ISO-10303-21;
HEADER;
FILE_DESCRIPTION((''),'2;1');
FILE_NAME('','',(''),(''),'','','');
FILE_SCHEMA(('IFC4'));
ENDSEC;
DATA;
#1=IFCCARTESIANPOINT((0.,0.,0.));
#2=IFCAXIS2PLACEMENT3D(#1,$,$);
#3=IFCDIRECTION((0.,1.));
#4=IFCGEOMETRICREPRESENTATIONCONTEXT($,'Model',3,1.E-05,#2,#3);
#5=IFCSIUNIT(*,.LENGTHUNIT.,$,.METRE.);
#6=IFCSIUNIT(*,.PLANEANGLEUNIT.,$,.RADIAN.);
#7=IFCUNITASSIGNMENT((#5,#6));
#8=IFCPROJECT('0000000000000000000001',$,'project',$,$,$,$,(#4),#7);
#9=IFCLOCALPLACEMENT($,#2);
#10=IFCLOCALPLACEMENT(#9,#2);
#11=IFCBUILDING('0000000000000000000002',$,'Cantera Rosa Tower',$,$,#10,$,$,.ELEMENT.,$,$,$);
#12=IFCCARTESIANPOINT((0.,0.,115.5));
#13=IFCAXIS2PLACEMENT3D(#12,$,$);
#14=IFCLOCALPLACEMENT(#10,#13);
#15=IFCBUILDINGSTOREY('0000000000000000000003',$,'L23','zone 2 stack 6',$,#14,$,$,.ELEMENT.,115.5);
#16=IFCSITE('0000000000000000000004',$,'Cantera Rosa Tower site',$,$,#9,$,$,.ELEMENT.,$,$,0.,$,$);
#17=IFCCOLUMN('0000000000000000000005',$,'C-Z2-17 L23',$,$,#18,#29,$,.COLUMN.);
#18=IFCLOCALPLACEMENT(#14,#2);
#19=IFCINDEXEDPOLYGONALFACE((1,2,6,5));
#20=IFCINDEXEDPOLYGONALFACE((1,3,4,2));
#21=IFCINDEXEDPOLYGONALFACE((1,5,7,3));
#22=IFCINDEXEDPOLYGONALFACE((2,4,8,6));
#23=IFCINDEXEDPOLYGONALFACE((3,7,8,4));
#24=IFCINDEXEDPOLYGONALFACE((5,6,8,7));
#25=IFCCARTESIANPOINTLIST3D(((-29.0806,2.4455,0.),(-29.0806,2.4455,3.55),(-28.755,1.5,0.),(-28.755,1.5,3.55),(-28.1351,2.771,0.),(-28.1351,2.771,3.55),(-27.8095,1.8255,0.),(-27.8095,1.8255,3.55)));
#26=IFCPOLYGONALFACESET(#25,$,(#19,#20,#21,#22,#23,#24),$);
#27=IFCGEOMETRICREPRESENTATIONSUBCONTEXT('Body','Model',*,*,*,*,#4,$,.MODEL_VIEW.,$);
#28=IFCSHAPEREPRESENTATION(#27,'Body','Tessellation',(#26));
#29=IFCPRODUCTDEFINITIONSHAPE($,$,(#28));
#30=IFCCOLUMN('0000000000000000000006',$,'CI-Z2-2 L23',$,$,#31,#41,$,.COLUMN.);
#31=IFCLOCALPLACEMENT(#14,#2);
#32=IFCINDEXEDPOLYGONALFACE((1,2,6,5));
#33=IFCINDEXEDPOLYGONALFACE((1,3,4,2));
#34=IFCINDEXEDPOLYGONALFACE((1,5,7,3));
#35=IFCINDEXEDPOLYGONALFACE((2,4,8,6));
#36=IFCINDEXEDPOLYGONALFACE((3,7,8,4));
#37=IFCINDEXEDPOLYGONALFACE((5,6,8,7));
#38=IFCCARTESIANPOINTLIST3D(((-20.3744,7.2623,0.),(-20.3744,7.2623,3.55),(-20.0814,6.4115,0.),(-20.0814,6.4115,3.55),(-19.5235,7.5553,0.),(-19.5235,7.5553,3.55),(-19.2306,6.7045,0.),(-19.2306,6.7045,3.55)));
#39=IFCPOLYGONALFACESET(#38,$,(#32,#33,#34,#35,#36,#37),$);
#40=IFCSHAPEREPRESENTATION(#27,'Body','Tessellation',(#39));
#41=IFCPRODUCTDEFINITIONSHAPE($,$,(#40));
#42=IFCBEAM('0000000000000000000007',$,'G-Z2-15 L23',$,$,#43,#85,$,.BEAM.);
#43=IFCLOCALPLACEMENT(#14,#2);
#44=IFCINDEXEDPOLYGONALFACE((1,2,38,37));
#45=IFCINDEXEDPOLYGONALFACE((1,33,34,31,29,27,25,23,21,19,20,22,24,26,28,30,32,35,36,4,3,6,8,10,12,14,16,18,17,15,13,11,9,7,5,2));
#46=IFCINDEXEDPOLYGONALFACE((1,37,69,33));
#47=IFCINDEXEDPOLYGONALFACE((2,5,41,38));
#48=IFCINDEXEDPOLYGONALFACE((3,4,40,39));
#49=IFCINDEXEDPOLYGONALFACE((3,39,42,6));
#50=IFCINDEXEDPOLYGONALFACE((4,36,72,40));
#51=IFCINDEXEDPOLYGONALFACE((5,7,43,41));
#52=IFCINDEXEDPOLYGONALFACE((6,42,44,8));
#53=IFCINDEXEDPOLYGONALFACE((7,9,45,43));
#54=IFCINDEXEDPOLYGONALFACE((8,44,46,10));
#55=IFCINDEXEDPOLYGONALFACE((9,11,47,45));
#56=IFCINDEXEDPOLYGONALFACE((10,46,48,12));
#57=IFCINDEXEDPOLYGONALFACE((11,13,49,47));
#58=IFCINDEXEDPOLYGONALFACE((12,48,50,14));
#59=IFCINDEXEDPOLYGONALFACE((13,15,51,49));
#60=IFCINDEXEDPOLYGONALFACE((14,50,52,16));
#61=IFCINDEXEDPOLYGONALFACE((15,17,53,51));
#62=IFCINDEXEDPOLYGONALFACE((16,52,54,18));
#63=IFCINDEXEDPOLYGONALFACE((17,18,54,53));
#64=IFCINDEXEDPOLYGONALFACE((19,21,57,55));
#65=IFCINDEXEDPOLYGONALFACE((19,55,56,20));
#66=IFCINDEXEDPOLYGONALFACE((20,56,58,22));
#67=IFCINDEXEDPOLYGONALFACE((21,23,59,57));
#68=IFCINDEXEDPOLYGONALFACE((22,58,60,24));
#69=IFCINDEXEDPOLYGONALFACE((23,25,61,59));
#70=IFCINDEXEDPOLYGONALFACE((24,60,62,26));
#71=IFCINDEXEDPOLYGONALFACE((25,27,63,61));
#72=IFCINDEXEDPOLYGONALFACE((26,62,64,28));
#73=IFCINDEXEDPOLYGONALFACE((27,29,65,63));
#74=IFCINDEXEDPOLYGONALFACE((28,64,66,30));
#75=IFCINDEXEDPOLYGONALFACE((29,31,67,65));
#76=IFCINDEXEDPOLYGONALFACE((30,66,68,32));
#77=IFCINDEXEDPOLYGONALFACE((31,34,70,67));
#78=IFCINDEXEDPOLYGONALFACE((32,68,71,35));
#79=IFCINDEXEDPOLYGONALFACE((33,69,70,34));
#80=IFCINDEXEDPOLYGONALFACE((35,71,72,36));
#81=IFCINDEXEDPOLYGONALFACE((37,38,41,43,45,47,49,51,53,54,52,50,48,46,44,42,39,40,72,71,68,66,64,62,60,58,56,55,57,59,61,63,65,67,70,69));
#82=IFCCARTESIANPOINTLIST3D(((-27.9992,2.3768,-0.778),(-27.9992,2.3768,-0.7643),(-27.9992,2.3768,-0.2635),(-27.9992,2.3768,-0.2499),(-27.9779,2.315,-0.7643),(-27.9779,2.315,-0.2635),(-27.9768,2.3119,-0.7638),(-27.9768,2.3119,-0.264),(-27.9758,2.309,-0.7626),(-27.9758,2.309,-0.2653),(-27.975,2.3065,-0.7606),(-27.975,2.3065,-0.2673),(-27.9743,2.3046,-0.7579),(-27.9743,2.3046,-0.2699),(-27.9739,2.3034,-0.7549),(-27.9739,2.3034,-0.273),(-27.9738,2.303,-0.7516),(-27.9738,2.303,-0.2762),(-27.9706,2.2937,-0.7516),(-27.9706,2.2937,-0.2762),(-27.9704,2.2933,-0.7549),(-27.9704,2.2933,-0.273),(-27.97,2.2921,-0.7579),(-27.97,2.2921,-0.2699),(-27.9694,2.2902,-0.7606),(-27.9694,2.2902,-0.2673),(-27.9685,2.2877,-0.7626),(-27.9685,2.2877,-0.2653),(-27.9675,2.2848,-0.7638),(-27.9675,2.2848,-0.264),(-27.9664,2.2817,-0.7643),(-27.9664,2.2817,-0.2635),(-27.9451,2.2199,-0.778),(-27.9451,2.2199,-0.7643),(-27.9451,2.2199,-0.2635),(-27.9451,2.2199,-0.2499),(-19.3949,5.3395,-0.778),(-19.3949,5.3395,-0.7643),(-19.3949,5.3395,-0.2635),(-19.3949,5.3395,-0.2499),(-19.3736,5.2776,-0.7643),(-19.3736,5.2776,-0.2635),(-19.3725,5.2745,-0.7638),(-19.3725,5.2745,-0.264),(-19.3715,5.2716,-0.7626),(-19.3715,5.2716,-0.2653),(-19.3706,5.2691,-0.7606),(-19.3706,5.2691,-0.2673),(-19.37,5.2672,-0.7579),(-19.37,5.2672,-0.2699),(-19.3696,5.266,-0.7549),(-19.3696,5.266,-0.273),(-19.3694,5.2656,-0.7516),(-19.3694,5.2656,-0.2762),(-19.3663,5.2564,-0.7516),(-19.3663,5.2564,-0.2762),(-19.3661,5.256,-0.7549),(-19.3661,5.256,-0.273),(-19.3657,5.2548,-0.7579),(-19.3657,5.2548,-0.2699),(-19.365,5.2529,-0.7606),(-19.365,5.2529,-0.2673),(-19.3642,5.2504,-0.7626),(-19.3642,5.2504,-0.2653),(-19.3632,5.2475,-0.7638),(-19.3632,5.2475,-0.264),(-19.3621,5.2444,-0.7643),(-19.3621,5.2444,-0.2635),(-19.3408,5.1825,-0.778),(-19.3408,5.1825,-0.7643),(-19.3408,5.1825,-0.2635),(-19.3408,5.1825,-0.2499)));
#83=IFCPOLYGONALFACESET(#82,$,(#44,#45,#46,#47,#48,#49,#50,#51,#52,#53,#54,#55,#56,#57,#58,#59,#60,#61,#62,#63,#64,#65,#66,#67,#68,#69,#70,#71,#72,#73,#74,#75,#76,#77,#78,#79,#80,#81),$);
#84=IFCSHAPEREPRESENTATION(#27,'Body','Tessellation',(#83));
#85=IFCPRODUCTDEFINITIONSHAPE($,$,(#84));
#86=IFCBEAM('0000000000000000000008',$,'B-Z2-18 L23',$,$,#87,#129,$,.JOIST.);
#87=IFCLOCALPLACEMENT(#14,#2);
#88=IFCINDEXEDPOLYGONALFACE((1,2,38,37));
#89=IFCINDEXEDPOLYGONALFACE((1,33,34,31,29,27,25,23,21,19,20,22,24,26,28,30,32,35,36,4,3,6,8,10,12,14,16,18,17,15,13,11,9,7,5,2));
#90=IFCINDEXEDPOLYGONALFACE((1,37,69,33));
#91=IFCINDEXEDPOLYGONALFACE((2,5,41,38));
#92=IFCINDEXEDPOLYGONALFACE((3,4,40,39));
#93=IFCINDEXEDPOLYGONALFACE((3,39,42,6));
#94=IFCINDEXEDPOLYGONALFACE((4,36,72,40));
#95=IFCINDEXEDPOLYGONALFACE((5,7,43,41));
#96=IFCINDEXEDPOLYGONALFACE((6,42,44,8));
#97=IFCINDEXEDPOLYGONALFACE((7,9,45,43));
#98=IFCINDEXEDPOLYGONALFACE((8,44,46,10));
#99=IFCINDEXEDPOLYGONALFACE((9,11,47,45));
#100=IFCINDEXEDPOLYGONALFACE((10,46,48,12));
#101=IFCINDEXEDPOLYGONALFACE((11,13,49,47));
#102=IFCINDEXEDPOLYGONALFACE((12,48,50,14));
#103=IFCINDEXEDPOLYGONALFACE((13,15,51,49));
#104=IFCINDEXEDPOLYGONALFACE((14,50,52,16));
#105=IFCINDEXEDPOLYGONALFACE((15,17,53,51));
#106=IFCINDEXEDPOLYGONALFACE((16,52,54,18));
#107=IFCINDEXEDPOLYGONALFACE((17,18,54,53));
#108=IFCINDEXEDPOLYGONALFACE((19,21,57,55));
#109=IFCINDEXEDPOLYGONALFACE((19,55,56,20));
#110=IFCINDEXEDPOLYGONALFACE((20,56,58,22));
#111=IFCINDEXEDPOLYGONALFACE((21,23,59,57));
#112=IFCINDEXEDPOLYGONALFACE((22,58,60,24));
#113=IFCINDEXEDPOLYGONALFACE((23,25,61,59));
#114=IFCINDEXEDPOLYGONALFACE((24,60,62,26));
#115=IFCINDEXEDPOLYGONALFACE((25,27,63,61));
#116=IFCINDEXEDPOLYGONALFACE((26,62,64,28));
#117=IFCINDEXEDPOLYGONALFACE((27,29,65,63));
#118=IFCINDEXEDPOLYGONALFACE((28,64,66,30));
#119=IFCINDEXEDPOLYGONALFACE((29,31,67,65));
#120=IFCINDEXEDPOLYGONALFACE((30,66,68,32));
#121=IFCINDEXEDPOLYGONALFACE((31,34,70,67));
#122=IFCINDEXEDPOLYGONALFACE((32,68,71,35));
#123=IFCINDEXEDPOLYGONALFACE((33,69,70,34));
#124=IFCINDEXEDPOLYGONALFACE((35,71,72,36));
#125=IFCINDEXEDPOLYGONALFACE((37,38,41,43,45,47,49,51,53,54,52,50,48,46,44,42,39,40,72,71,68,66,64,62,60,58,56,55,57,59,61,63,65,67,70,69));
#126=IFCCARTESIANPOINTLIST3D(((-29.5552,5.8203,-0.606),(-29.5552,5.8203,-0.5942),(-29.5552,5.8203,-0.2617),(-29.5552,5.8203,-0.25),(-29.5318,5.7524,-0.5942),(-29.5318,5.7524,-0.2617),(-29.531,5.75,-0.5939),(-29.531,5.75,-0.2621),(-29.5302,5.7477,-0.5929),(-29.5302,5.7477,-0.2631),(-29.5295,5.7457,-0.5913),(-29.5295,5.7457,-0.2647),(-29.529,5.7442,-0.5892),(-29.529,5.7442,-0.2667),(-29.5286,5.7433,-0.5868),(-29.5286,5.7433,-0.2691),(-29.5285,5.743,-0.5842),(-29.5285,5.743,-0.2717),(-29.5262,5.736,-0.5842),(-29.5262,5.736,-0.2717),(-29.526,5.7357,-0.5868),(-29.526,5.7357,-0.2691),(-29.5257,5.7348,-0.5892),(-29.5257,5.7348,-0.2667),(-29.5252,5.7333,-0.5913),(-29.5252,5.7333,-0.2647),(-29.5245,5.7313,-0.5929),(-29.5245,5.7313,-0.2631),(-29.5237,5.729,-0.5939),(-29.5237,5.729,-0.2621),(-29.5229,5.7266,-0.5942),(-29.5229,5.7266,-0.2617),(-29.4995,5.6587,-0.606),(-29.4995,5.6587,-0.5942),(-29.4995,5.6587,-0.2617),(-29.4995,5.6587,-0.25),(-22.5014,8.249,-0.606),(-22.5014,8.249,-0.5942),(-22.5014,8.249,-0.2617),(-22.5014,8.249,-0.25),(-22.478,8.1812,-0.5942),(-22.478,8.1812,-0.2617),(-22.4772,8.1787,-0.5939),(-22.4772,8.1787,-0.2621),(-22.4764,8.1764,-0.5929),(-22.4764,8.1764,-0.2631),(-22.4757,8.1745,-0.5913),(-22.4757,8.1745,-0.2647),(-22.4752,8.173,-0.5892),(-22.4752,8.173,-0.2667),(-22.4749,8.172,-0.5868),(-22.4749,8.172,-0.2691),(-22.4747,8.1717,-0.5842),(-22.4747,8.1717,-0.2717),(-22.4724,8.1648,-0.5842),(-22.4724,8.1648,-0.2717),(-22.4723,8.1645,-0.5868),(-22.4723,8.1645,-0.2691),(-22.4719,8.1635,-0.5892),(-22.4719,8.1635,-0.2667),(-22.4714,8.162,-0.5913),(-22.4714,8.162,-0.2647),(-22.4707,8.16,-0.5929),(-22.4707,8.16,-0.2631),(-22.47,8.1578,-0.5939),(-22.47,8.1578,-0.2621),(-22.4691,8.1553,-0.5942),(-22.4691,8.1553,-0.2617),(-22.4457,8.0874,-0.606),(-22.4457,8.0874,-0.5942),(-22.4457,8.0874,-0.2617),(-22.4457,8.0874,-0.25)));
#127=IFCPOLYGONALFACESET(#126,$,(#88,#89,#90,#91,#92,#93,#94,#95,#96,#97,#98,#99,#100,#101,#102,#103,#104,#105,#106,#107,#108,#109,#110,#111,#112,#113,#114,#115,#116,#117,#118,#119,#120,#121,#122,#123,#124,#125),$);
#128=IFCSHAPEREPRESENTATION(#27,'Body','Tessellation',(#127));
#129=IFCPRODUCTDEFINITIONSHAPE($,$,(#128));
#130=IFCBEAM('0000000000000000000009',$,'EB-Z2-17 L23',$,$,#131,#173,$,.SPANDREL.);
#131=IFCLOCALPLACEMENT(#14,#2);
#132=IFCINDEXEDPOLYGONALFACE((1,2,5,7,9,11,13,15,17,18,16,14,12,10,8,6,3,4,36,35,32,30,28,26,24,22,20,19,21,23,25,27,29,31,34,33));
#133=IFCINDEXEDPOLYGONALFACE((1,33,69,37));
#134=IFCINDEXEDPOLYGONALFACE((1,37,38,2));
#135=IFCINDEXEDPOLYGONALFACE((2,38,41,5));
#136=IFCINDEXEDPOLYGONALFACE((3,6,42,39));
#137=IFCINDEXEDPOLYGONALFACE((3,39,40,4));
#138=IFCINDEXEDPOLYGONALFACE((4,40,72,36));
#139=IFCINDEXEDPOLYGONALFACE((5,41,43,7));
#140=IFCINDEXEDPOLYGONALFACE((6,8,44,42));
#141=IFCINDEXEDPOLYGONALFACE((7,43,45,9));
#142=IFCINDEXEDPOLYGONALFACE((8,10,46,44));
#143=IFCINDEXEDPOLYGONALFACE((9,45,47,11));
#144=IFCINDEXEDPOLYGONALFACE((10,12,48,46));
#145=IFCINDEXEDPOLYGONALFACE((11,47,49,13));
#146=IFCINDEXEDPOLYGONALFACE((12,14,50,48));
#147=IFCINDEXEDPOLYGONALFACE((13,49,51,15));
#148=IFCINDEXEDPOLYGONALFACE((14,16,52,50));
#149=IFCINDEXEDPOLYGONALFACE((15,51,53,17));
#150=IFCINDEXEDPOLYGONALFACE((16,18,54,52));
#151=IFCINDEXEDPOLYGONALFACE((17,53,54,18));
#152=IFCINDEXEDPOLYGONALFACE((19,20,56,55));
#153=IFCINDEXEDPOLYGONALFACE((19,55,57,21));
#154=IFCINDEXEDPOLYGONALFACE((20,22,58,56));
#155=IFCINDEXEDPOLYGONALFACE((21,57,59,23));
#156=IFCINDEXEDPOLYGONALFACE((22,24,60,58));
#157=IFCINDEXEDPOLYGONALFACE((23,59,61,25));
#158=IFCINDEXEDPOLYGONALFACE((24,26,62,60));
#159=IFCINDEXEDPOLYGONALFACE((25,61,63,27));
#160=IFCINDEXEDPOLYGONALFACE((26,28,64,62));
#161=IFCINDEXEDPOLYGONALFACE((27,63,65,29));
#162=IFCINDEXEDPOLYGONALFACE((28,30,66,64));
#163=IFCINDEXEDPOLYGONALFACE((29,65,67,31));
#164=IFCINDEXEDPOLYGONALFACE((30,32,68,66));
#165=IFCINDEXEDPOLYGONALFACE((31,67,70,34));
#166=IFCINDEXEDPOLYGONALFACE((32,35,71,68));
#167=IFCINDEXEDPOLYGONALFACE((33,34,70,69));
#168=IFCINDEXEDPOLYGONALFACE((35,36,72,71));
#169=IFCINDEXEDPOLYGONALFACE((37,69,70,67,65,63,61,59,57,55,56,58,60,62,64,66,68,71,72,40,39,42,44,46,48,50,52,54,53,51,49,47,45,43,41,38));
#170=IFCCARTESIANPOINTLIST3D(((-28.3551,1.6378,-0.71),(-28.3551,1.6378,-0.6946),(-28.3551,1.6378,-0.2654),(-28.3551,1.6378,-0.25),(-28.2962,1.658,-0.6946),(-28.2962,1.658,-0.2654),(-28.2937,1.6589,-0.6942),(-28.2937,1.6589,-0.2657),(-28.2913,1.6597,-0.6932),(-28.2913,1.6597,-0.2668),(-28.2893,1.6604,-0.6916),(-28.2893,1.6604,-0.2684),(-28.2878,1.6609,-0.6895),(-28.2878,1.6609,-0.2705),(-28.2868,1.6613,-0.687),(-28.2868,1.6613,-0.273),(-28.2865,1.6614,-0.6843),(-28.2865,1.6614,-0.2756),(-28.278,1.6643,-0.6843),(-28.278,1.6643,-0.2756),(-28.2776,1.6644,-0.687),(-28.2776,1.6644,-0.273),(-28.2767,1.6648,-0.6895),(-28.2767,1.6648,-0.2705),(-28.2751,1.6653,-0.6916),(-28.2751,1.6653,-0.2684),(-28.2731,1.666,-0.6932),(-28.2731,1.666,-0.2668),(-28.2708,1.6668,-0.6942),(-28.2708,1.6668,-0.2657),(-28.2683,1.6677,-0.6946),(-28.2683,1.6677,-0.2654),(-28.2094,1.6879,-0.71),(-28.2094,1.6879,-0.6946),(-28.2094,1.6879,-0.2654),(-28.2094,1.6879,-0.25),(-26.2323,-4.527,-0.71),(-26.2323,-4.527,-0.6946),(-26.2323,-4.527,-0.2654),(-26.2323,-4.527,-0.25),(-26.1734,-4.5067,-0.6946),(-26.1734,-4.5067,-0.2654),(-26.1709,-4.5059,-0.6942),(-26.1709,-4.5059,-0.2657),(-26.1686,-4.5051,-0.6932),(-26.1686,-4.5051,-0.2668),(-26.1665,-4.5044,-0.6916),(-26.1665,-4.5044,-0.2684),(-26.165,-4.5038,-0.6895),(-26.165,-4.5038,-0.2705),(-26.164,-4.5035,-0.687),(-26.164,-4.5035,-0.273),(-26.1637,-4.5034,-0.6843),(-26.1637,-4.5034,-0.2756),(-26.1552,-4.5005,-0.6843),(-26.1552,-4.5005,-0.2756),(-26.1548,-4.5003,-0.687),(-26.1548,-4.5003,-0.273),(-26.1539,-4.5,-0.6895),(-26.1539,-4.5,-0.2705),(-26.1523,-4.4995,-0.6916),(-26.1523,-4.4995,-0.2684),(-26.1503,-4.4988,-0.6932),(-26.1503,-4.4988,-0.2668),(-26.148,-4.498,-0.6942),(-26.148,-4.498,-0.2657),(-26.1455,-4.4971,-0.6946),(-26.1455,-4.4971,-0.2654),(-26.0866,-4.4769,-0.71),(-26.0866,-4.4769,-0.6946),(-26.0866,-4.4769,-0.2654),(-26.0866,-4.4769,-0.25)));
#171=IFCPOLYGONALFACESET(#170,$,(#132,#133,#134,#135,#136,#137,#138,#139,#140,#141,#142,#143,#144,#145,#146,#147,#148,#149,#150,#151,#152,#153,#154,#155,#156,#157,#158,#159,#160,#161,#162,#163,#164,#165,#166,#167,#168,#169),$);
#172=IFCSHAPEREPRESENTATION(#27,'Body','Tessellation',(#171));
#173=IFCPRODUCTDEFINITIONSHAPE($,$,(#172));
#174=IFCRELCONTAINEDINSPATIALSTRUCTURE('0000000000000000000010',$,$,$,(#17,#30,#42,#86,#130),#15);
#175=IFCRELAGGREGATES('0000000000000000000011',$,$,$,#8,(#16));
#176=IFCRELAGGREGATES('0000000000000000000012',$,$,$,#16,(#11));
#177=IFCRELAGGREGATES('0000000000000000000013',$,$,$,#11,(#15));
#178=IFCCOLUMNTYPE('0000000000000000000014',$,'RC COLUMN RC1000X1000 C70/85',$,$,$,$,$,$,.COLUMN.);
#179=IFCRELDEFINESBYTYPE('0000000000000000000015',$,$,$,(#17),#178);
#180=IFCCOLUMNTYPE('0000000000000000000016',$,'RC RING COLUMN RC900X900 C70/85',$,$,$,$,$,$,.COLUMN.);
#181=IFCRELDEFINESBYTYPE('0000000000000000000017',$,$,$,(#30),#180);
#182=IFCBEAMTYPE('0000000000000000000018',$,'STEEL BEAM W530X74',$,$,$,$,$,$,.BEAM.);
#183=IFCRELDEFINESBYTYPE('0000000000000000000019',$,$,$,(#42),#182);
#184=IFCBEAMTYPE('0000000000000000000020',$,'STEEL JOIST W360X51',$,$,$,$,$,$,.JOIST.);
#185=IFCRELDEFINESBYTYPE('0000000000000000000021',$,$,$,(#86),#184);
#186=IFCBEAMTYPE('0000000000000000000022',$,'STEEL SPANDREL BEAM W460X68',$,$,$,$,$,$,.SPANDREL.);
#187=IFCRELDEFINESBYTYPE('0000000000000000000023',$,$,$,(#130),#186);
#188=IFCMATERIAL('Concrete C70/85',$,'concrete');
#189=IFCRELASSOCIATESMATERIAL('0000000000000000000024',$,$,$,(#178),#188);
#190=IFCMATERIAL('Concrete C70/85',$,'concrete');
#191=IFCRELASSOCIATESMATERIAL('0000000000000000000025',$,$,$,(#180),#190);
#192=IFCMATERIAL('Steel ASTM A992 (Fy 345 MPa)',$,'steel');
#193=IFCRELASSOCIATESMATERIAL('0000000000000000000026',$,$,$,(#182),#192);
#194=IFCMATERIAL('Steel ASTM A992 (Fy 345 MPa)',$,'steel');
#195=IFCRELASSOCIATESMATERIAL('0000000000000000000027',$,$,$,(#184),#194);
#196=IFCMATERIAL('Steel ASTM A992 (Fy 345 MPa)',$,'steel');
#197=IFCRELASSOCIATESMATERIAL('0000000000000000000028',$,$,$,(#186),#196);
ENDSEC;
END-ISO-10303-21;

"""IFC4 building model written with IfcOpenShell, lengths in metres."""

from ifc_helpers import new_model, si_unit, direction, frame, origin, origin_2d, place, context, subcontext, project, spatial, rectangle, i_section, extrude, material, material_profile, profile_set, type_object, element, save


model = new_model("IFC4")

# Units and contexts
model_context = context("Model", 3, precision=1e-05, world=origin(), true_north=direction((0.0, 1.0)))
body_context = subcontext(model_context, "Body", "Model", "MODEL_VIEW")
ifc_project = project(units=[si_unit("LENGTHUNIT", "METRE"), si_unit("PLANEANGLEUNIT", "RADIAN")], contexts=[model_context])

# Site, building, storey
site_placement = place(None, origin())
site = spatial("IfcSite", under=ifc_project, at=site_placement, Name="Cantera Rosa Tower site", CompositionType="ELEMENT", RefElevation=0.0)
building_placement = place(site_placement, origin())
building = spatial("IfcBuilding", under=site, at=building_placement, Name="Cantera Rosa Tower", CompositionType="ELEMENT")
storey_placement = place(building_placement, frame((0.0, 0.0, 115.5)))
storey = spatial("IfcBuildingStorey", under=building, at=storey_placement, Name="L23", Description="zone 2 stack 6", CompositionType="ELEMENT", Elevation=115.5)

# Columns
ifc_material_1 = material(Name="Concrete C70/85", Category="concrete")
ifc_material_profile_1 = material_profile(ifc_material_1, rectangle(XDim=1.0, YDim=1.0, at=origin_2d()), Name="RC COLUMN RC1000X1000 C70/85")
ifc_profile_set_1 = profile_set([ifc_material_profile_1], Name="Concrete C70/85")
column_type_1 = type_object("IfcColumnType", Name="RC COLUMN RC1000X1000 C70/85", PredefinedType="COLUMN", material=ifc_profile_set_1)
column_1_placement = place(storey_placement, frame((-28.4451, 2.1355, 0.0), z_axis=(0.0, 0.0, 1.0), x_axis=(0.945519, 0.325568, 0.0)))
element("IfcColumn", 1, at=column_1_placement, inside=storey, type_object=column_type_1, Name="C-Z2-17 L23", PredefinedType="COLUMN", context=body_context, shape_type="SweptSolid", body=[
    extrude(rectangle(XDim=1.0, YDim=1.0, at=origin_2d()), origin(), (0.0, 0.0, 1.0), 3.55),
])
ifc_material_2 = material(Name="Concrete C70/85", Category="concrete")
ifc_material_profile_2 = material_profile(ifc_material_2, rectangle(XDim=0.8999, YDim=0.8999, at=origin_2d()), Name="RC RING COLUMN RC900X900 C70/85")
ifc_profile_set_2 = profile_set([ifc_material_profile_2], Name="Concrete C70/85")
column_type_2 = type_object("IfcColumnType", Name="RC RING COLUMN RC900X900 C70/85", PredefinedType="COLUMN", material=ifc_profile_set_2)
column_2_placement = place(storey_placement, frame((-19.8025, 6.9834, 0.0), z_axis=(0.0, 0.0, 1.0), x_axis=(0.945519, 0.325568, 0.0)))
element("IfcColumn", 2, at=column_2_placement, inside=storey, type_object=column_type_2, Name="CI-Z2-2 L23", PredefinedType="COLUMN", context=body_context, shape_type="SweptSolid", body=[
    extrude(rectangle(XDim=0.8999, YDim=0.8999, at=origin_2d()), origin(), (0.0, 0.0, 1.0), 3.55),
])

# Beams
ifc_material_3 = material(Name="Steel ASTM A992 (Fy 345 MPa)", Category="steel")
ifc_material_profile_3 = material_profile(ifc_material_3, i_section(OverallWidth=0.166, OverallDepth=0.5281, WebThickness=0.0098, FlangeThickness=0.0137, FilletRadius=0.0127, at=origin_2d()), Name="W530X74")
ifc_profile_set_3 = profile_set([ifc_material_profile_3], Name="Steel ASTM A992 (Fy 345 MPa)")
beam_type_1 = type_object("IfcBeamType", Name="STEEL BEAM W530X74", PredefinedType="BEAM", material=ifc_profile_set_3)
beam_1_placement = place(storey_placement, frame((-27.9722, 2.2983, -0.5139), z_axis=(0.94552, 0.325565, 0.0), x_axis=(-0.325565, 0.94552, 0.0)))
element("IfcBeam", 3, at=beam_1_placement, inside=storey, type_object=beam_type_1, Name="G-Z2-15 L23", PredefinedType="BEAM", context=body_context, shape_type="SweptSolid", body=[
    extrude(i_section(OverallWidth=0.166, OverallDepth=0.5281, WebThickness=0.0098, FlangeThickness=0.0137, FilletRadius=0.0127, at=origin_2d()), origin(), (0.0, 0.0, 1.0), 9.1001),
])
ifc_material_4 = material(Name="Steel ASTM A992 (Fy 345 MPa)", Category="steel")
ifc_material_profile_4 = material_profile(ifc_material_4, i_section(OverallWidth=0.1709, OverallDepth=0.356, WebThickness=0.0073, FlangeThickness=0.0117, FilletRadius=0.01, at=origin_2d()), Name="W360X51")
ifc_profile_set_4 = profile_set([ifc_material_profile_4], Name="Steel ASTM A992 (Fy 345 MPa)")
beam_type_2 = type_object("IfcBeamType", Name="STEEL JOIST W360X51", PredefinedType="JOIST", material=ifc_profile_set_4)
beam_2_placement = place(storey_placement, frame((-29.5273, 5.7395, -0.428), z_axis=(0.945522, 0.325559, 0.0), x_axis=(-0.325559, 0.945522, 0.0)))
element("IfcBeam", 4, at=beam_2_placement, inside=storey, type_object=beam_type_2, Name="B-Z2-18 L23", PredefinedType="JOIST", context=body_context, shape_type="SweptSolid", body=[
    extrude(i_section(OverallWidth=0.1709, OverallDepth=0.356, WebThickness=0.0073, FlangeThickness=0.0117, FilletRadius=0.01, at=origin_2d()), origin(), (0.0, 0.0, 1.0), 7.4602),
])
ifc_material_5 = material(Name="Steel ASTM A992 (Fy 345 MPa)", Category="steel")
ifc_material_profile_5 = material_profile(ifc_material_5, i_section(OverallWidth=0.1541, OverallDepth=0.46, WebThickness=0.009, FlangeThickness=0.0154, FilletRadius=0.0103, at=origin_2d()), Name="W460X68")
ifc_profile_set_5 = profile_set([ifc_material_profile_5], Name="Steel ASTM A992 (Fy 345 MPa)")
beam_type_3 = type_object("IfcBeamType", Name="STEEL SPANDREL BEAM W460X68", PredefinedType="SPANDREL", material=ifc_profile_set_5)
beam_3_placement = place(storey_placement, frame((-28.2822, 1.6628, -0.48), z_axis=(0.325581, -0.945514, 0.0), x_axis=(0.945514, 0.325581, 0.0)))
element("IfcBeam", 5, at=beam_3_placement, inside=storey, type_object=beam_type_3, Name="EB-Z2-17 L23", PredefinedType="SPANDREL", context=body_context, shape_type="SweptSolid", body=[
    extrude(i_section(OverallWidth=0.1541, OverallDepth=0.46, WebThickness=0.009, FlangeThickness=0.0154, FilletRadius=0.0103, at=origin_2d()), origin(), (0.0, 0.0, 1.0), 6.52),
])

save(model, "model.ifc")
